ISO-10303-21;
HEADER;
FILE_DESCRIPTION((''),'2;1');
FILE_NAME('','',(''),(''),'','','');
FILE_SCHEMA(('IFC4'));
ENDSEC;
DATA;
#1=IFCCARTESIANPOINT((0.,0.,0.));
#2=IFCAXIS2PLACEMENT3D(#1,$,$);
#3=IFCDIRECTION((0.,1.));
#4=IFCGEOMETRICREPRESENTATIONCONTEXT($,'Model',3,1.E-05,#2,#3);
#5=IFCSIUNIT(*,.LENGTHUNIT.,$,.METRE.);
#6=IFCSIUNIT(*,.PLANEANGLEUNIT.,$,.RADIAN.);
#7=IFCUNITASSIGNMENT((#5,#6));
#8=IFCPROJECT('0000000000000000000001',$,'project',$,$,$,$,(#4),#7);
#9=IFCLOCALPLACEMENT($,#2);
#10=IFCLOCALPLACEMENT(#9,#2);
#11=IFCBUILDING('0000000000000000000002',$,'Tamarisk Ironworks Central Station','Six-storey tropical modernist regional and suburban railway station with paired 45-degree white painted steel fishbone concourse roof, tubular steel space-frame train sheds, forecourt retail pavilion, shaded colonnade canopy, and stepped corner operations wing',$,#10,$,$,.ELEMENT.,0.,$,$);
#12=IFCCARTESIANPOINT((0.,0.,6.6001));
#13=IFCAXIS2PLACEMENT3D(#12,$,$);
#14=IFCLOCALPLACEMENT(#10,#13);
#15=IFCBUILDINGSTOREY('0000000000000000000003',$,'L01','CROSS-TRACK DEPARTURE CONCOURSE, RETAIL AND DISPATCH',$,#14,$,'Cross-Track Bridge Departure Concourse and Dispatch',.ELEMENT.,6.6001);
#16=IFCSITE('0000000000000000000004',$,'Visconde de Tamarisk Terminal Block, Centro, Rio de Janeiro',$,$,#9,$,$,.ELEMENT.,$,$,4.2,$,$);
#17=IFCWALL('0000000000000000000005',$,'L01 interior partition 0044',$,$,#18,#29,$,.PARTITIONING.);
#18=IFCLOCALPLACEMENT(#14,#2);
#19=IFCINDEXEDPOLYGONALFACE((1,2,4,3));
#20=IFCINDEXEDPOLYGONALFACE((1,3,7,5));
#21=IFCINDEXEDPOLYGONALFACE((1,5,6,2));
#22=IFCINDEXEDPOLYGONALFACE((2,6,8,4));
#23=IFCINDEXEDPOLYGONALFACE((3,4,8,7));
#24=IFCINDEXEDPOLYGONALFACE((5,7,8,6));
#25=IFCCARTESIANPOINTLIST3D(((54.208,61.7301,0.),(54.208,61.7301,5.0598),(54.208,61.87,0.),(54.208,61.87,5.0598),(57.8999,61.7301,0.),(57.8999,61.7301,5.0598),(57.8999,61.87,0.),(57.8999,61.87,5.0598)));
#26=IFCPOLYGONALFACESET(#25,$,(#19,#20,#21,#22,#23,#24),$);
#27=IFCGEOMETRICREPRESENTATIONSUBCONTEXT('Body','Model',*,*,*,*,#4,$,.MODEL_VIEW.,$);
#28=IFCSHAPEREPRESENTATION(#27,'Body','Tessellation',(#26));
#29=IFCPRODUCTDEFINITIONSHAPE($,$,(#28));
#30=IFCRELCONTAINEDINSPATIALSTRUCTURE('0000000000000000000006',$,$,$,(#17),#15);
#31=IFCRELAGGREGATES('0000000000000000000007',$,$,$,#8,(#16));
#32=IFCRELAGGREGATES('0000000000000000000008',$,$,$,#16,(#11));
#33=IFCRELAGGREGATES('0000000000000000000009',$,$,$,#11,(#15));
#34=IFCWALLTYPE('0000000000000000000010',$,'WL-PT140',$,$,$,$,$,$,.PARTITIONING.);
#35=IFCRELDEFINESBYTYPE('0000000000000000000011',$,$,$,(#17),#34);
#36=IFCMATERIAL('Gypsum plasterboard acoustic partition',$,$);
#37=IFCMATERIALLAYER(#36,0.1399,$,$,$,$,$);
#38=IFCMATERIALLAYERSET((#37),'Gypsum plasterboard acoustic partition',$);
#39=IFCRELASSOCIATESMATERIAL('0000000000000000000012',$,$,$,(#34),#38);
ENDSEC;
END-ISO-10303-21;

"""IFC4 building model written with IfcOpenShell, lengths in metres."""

from ifc_helpers import new_model, si_unit, direction, frame, frame_2d, origin, place, context, subcontext, project, spatial, rectangle, extrude, material, layer, layer_set, type_object, element, save


model = new_model("IFC4")

# Units and contexts
model_context = context("Model", 3, precision=1e-05, world=origin(), true_north=direction((0.0, 1.0)))
body_context = subcontext(model_context, "Body", "Model", "MODEL_VIEW")
ifc_project = project(units=[si_unit("LENGTHUNIT", "METRE"), si_unit("PLANEANGLEUNIT", "RADIAN")], contexts=[model_context])

# Site, building, storey
site_placement = place(None, origin())
site = spatial("IfcSite", under=ifc_project, at=site_placement, Name="Visconde de Tamarisk Terminal Block, Centro, Rio de Janeiro", CompositionType="ELEMENT", RefElevation=4.2)
building_placement = place(site_placement, origin())
building = spatial("IfcBuilding", under=site, at=building_placement, Name="Tamarisk Ironworks Central Station", Description="Six-storey tropical modernist regional and suburban railway station with paired 45-degree white painted steel fishbone concourse roof, tubular steel space-frame train sheds, forecourt retail pavilion, shaded colonnade canopy, and stepped corner operations wing", CompositionType="ELEMENT", ElevationOfRefHeight=0.0)
storey_placement = place(building_placement, frame((0.0, 0.0, 6.6001)))
storey = spatial("IfcBuildingStorey", under=building, at=storey_placement, Name="L01", Description="CROSS-TRACK DEPARTURE CONCOURSE, RETAIL AND DISPATCH", LongName="Cross-Track Bridge Departure Concourse and Dispatch", CompositionType="ELEMENT", Elevation=6.6001)

# Wall
ifc_material_1 = material(Name="Gypsum plasterboard acoustic partition")
ifc_layer_1 = layer(ifc_material_1, 0.1399)
ifc_layer_set_1 = layer_set([ifc_layer_1], Name="Gypsum plasterboard acoustic partition")
wall_type = type_object("IfcWallType", Name="WL-PT140", PredefinedType="PARTITIONING", material=ifc_layer_set_1)
wall_placement = place(storey_placement, frame((54.208, 61.8, 0.0), z_axis=(0.0, 0.0, 1.0), x_axis=(1.0, 0.0, 0.0)))
element("IfcWall", 1, at=wall_placement, inside=storey, type_object=wall_type, Name="L01 interior partition 0044", PredefinedType="PARTITIONING", context=body_context, shape_type="SweptSolid", body=[
    extrude(rectangle(XDim=3.6919, YDim=0.1399, at=frame_2d((1.8459, 0.0))), origin(), (0.0, 0.0, 1.0), 5.0598),
])

save(model, "model.ifc")
